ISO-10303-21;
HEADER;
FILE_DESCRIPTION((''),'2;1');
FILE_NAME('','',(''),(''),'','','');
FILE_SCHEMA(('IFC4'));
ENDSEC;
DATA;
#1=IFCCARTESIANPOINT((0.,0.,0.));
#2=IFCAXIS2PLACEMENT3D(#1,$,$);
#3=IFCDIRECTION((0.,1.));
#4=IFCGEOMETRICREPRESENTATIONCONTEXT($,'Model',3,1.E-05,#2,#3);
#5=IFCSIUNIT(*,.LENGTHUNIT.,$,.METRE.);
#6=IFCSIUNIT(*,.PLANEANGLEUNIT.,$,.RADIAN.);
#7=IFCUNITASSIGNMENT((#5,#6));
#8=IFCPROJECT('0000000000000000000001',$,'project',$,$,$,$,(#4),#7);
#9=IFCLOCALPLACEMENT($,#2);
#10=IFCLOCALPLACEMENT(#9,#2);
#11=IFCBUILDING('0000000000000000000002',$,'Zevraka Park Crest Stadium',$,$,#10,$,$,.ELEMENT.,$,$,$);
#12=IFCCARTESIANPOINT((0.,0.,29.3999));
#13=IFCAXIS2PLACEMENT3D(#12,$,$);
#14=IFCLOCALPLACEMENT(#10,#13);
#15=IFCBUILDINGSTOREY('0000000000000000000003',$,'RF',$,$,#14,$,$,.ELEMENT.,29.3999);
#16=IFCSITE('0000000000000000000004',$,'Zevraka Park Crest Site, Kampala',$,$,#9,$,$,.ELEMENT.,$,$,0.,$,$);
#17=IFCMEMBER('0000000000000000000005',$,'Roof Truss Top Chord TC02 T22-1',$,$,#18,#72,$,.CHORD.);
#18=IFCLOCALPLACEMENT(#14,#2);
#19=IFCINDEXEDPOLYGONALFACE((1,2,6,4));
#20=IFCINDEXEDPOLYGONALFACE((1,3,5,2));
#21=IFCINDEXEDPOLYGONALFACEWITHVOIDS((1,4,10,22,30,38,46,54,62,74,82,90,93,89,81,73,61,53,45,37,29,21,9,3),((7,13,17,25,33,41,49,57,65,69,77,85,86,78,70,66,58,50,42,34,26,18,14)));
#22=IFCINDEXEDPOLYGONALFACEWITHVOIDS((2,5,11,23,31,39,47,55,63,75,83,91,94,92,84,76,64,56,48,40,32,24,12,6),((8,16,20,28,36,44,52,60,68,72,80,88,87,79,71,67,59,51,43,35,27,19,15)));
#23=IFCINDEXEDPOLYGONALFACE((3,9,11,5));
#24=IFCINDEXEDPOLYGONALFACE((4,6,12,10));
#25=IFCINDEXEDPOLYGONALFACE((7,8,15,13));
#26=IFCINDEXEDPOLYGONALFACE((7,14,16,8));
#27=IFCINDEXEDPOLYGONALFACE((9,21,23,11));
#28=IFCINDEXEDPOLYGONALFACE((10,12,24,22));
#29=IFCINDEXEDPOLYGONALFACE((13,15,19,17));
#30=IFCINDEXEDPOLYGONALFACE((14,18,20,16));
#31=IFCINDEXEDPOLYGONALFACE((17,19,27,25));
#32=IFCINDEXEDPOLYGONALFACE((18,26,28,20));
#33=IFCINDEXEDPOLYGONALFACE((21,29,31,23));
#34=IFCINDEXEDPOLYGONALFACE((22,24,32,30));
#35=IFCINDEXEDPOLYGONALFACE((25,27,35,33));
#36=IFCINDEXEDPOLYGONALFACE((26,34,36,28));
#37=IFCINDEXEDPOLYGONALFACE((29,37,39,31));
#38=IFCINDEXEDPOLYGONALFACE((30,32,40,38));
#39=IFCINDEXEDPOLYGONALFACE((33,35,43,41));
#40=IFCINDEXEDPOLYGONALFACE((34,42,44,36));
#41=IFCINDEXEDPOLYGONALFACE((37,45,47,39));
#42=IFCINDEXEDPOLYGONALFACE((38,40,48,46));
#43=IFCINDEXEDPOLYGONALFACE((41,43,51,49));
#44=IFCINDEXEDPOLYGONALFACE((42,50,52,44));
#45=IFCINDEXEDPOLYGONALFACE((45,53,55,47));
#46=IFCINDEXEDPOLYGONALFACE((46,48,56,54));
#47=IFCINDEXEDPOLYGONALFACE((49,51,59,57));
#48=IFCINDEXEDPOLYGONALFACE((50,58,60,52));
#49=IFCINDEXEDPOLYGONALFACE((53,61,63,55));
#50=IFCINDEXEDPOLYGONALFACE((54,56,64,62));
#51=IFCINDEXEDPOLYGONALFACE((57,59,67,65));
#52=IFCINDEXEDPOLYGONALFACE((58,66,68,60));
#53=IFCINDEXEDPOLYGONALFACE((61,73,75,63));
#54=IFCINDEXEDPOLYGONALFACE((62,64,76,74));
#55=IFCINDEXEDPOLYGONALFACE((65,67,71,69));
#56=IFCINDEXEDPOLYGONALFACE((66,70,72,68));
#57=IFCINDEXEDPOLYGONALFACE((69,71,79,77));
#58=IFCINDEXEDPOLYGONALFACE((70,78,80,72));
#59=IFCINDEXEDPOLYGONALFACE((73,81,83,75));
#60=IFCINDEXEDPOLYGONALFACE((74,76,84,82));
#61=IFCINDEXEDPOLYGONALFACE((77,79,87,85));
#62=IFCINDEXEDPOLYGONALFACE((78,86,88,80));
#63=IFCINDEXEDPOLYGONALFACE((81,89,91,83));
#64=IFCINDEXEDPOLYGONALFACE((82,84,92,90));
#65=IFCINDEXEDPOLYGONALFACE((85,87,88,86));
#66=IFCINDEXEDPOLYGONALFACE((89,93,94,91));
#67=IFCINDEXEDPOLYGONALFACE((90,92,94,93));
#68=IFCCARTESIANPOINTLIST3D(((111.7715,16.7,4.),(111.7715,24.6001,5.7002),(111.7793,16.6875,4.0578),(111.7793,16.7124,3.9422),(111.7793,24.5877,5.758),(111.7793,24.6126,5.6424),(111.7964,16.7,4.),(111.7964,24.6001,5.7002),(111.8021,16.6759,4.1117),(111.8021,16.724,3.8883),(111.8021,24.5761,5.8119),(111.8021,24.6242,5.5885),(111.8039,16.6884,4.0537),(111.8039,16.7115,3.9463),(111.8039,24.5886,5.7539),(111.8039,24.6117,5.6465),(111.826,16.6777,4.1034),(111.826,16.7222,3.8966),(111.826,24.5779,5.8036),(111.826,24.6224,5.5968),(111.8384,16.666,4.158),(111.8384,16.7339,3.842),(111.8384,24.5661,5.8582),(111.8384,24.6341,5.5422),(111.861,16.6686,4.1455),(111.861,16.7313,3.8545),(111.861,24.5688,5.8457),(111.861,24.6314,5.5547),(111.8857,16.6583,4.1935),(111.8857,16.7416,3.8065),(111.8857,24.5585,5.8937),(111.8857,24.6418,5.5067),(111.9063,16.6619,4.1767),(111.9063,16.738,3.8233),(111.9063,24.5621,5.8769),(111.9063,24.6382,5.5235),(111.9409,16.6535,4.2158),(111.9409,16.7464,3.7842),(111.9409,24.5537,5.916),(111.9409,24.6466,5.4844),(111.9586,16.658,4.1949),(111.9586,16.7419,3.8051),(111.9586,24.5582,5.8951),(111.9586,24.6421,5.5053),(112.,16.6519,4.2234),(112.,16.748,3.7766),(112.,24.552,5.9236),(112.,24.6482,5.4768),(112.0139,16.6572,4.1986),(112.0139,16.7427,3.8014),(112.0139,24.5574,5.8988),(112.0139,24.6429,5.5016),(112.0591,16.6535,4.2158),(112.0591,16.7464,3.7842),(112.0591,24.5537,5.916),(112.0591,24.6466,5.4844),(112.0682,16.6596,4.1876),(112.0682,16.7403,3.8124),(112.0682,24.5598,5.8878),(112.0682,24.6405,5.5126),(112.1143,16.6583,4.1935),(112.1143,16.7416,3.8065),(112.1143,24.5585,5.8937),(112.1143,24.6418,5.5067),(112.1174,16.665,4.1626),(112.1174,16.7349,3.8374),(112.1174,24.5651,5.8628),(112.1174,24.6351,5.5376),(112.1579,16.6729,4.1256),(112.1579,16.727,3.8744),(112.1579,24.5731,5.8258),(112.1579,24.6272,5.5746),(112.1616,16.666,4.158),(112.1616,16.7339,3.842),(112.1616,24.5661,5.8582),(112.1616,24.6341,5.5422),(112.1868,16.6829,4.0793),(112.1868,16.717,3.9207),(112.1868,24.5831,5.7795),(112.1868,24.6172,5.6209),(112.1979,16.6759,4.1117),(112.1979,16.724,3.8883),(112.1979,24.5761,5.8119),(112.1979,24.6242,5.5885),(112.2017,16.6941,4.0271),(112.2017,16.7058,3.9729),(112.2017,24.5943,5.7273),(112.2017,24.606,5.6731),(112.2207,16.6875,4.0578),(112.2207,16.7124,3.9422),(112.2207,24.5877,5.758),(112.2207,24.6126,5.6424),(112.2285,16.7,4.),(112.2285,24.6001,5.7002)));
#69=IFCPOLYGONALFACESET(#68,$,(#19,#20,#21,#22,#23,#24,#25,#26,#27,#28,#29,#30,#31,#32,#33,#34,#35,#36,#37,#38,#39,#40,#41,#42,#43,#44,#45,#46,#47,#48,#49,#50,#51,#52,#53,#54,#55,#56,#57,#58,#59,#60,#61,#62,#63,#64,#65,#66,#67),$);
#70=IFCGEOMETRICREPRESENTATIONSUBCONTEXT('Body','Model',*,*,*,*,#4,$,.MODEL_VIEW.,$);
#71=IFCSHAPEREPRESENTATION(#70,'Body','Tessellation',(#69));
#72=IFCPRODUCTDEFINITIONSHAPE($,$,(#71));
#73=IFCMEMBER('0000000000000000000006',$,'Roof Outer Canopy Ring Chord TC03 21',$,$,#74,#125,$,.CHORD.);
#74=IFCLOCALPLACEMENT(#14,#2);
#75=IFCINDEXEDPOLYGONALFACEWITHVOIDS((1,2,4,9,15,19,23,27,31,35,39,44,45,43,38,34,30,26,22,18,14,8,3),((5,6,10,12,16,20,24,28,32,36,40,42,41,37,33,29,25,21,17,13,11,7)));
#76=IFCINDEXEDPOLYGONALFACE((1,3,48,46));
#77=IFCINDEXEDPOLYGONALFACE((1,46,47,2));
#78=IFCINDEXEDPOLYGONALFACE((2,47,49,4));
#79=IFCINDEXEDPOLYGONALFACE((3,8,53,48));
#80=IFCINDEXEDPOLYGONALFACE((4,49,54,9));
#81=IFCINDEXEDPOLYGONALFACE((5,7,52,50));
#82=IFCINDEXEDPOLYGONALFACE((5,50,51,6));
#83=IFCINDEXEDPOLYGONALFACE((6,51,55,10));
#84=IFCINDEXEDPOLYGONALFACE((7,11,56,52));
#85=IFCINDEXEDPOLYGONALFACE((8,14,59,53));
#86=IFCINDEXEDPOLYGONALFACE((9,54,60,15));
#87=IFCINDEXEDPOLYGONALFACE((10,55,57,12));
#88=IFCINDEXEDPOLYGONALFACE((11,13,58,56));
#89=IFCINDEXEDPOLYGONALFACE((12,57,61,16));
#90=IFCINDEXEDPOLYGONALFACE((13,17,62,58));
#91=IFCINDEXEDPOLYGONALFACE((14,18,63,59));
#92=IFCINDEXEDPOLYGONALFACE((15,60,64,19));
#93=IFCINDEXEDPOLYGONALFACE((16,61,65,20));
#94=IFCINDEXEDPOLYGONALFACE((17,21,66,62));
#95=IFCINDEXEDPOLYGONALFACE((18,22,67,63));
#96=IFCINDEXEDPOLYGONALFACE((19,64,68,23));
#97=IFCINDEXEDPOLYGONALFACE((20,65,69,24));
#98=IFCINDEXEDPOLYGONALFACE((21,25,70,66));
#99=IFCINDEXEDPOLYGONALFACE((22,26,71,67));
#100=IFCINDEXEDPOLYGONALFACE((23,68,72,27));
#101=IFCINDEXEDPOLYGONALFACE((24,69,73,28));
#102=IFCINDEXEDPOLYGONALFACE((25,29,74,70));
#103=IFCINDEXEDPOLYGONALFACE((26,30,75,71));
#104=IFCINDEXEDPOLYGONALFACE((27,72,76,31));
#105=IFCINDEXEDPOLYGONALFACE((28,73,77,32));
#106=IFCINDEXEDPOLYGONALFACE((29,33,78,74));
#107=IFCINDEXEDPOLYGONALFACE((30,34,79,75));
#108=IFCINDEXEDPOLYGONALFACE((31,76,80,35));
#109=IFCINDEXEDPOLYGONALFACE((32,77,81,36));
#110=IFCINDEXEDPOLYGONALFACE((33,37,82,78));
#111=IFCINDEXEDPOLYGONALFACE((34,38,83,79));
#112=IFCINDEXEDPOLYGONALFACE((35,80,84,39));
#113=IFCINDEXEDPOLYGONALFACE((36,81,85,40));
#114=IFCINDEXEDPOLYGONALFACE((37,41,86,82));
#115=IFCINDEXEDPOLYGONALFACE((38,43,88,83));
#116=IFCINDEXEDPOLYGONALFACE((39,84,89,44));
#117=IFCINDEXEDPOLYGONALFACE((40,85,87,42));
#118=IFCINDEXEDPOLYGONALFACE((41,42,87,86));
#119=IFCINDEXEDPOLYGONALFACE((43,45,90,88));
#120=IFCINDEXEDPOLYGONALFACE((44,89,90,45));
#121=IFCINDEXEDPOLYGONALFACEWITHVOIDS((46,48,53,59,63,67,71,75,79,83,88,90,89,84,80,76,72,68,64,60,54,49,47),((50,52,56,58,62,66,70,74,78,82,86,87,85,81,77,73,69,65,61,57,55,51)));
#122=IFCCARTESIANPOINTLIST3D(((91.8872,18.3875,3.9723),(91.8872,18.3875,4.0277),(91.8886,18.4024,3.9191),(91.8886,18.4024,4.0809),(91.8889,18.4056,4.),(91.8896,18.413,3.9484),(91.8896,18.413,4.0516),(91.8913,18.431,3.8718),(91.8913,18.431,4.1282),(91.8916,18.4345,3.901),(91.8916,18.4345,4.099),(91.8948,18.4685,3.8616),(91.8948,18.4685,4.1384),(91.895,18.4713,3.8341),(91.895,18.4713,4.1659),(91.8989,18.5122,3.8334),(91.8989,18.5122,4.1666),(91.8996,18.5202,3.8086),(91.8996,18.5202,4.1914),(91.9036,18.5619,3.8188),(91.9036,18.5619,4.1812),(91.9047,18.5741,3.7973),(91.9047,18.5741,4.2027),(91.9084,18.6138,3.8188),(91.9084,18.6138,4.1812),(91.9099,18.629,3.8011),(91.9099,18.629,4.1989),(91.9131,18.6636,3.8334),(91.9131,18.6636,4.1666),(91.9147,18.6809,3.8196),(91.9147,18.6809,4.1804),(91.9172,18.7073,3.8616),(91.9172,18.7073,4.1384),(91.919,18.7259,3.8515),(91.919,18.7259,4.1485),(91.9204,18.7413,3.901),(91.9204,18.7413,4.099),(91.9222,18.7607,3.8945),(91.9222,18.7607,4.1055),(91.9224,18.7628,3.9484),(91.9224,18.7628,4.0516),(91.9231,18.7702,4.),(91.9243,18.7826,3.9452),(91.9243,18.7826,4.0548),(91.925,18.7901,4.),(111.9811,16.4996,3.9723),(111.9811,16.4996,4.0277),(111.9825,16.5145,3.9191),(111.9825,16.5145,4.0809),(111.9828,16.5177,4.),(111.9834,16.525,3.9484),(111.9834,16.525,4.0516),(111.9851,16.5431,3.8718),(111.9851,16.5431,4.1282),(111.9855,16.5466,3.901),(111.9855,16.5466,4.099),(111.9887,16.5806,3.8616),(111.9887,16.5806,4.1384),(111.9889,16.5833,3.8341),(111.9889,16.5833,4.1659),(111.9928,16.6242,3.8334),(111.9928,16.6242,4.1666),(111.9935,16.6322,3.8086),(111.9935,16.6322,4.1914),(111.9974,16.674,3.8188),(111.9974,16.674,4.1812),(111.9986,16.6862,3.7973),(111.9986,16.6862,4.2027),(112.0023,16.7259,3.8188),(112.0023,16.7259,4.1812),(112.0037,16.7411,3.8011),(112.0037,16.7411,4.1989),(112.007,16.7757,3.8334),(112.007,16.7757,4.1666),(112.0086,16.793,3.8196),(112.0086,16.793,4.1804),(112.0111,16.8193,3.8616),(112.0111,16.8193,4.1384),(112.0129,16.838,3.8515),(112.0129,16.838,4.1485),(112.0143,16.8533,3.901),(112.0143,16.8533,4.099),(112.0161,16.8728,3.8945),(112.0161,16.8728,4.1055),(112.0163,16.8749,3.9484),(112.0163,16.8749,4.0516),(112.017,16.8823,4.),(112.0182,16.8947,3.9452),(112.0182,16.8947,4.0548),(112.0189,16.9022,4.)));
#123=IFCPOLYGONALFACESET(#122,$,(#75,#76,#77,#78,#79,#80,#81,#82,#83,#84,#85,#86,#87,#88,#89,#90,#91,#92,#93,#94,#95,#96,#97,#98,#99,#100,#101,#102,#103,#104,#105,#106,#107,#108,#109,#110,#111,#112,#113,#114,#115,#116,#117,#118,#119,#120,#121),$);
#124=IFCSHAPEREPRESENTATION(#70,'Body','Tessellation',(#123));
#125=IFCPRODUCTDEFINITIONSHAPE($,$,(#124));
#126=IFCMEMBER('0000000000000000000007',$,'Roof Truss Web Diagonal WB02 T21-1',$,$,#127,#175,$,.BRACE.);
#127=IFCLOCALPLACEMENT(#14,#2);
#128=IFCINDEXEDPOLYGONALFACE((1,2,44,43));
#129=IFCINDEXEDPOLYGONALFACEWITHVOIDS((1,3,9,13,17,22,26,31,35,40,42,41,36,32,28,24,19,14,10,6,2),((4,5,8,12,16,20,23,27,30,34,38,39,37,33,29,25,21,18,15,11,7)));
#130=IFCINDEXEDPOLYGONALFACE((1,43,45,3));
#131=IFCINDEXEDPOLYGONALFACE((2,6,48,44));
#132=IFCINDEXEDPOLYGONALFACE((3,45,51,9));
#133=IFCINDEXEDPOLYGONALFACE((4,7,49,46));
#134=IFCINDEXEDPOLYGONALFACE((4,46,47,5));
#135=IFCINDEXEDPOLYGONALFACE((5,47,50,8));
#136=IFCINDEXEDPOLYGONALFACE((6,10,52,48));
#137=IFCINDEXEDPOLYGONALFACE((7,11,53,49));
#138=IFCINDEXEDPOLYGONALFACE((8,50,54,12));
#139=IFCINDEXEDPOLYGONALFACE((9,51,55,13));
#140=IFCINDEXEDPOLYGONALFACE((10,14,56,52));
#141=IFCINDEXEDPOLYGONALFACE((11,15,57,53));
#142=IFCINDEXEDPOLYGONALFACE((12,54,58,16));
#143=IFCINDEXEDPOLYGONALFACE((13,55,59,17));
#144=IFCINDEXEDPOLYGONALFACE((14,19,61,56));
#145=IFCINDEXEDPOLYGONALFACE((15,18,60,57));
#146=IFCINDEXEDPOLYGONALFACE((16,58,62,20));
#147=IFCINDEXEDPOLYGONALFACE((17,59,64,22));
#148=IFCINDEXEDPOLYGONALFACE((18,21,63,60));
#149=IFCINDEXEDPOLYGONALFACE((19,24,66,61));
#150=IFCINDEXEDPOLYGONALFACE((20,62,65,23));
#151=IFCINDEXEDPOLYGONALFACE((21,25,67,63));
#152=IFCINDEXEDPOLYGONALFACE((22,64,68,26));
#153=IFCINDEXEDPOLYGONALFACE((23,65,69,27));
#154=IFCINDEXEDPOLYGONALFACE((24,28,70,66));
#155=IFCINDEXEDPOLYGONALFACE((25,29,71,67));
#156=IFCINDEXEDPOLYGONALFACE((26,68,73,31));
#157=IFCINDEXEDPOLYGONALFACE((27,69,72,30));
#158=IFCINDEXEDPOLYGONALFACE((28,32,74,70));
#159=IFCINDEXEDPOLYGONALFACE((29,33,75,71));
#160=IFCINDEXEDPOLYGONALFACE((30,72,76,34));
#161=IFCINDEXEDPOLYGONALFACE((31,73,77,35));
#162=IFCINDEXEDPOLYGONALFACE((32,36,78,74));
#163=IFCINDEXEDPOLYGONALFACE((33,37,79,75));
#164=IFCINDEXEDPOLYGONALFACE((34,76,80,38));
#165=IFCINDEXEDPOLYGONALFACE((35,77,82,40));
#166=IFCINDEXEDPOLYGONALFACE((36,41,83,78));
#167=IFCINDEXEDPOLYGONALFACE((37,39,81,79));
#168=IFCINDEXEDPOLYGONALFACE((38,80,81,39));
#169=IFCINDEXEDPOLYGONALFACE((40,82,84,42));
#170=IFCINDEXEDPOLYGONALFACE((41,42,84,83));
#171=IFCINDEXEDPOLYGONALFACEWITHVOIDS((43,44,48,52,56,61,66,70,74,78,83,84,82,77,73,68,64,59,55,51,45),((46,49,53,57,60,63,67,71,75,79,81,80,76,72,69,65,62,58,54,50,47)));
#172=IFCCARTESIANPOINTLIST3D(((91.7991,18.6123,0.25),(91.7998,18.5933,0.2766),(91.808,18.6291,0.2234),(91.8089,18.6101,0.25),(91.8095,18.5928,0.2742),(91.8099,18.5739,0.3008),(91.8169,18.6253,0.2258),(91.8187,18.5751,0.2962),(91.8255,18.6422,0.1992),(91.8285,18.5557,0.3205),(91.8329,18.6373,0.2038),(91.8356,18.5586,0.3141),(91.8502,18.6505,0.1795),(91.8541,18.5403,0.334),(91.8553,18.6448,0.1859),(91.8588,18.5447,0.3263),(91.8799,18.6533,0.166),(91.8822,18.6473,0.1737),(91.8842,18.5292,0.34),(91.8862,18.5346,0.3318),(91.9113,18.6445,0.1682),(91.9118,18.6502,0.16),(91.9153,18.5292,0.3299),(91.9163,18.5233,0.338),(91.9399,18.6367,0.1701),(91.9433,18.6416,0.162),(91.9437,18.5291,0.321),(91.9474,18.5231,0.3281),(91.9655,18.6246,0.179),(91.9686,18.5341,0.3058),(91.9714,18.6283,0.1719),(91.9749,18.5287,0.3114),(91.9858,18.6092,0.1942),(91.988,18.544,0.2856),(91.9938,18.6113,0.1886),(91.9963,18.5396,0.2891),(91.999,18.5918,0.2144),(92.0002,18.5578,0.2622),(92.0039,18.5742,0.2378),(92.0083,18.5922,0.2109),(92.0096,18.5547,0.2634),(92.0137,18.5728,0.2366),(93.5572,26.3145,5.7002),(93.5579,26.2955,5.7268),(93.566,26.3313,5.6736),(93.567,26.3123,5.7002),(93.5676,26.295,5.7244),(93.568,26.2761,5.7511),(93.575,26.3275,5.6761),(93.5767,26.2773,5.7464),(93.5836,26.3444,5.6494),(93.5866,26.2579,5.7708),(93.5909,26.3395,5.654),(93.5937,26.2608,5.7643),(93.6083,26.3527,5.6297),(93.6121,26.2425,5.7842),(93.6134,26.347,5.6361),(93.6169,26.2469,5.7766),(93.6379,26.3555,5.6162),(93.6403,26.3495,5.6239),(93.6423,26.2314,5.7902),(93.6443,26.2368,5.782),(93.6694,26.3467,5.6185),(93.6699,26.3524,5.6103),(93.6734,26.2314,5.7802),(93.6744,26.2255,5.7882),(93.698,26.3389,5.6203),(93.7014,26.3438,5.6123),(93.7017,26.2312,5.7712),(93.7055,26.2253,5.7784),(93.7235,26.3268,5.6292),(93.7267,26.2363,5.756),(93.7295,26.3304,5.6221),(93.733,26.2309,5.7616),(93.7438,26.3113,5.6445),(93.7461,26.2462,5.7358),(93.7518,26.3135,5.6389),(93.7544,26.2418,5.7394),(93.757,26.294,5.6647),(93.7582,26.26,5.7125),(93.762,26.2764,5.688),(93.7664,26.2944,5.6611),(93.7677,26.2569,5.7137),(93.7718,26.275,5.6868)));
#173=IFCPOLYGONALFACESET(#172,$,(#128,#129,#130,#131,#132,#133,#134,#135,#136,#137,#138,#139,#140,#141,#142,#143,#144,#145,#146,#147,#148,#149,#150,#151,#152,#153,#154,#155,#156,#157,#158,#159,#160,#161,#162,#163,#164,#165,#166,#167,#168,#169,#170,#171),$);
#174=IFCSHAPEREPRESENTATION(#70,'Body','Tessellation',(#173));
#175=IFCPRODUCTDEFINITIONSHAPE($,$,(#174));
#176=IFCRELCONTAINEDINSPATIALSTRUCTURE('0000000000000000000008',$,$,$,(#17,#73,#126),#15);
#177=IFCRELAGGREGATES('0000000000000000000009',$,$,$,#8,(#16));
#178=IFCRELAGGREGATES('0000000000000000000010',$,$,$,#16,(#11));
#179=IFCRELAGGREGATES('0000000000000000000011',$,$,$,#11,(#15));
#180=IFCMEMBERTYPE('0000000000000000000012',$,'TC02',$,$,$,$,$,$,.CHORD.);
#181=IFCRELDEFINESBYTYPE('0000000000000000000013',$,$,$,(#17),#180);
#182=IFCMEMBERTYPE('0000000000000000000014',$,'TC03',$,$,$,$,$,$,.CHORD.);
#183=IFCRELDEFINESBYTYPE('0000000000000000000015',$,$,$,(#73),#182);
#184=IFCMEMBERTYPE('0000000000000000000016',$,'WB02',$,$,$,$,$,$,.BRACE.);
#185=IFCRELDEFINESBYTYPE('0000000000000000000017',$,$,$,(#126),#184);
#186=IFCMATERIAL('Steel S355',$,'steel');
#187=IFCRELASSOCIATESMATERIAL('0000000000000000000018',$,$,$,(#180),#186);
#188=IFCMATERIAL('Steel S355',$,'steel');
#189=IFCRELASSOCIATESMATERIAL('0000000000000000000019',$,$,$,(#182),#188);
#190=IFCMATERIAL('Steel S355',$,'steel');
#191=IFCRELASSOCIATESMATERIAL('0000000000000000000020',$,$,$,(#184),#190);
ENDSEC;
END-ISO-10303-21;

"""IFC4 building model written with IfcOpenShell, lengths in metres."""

from ifc_helpers import new_model, si_unit, direction, frame, origin, origin_2d, place, context, subcontext, project, spatial, hollow_circle, extrude, material, material_profile, profile_set, type_object, element, save


model = new_model("IFC4")

# Units and contexts
model_context = context("Model", 3, precision=1e-05, world=origin(), true_north=direction((0.0, 1.0)))
body_context = subcontext(model_context, "Body", "Model", "MODEL_VIEW")
ifc_project = project(units=[si_unit("LENGTHUNIT", "METRE"), si_unit("PLANEANGLEUNIT", "RADIAN")], contexts=[model_context])

# Site, building, storey
site_placement = place(None, origin())
site = spatial("IfcSite", under=ifc_project, at=site_placement, Name="Zevraka Park Crest Site, Kampala", CompositionType="ELEMENT", RefElevation=0.0)
building_placement = place(site_placement, origin())
building = spatial("IfcBuilding", under=site, at=building_placement, Name="Zevraka Park Crest Stadium", CompositionType="ELEMENT")
storey_placement = place(building_placement, frame((0.0, 0.0, 29.3999)))
storey = spatial("IfcBuildingStorey", under=building, at=storey_placement, Name="RF", CompositionType="ELEMENT", Elevation=29.3999)

# Members
ifc_material_1 = material(Name="Steel S355", Category="steel")
ifc_material_profile_1 = material_profile(ifc_material_1, hollow_circle(Radius=0.2285, WallThickness=0.0249, at=origin_2d()), Name="CHS 457.0x25")
ifc_profile_set_1 = profile_set([ifc_material_profile_1], Name="Steel S355")
member_type_1 = type_object("IfcMemberType", Name="TC02", PredefinedType="CHORD", material=ifc_profile_set_1)
for number, where, z_axis, x_axis, name in (
    (1, (112.0, 16.7, 4.0), (0.0, 0.977617, 0.210394), (-1.0, 0.0, 0.0), "Roof Truss Top Chord TC02 T22-1"),
):
    element("IfcMember", number, at=place(storey_placement, frame(where, z_axis=z_axis, x_axis=x_axis)), inside=storey, type_object=member_type_1, Name=name, PredefinedType="CHORD", context=body_context, shape_type="SweptSolid", body=[
        extrude(hollow_circle(Radius=0.2285, WallThickness=0.0249, at=origin_2d()), origin(), (0.0, 0.0, 1.0), 8.0811),
    ])
ifc_material_2 = material(Name="Steel S355", Category="steel")
ifc_material_profile_2 = material_profile(ifc_material_2, hollow_circle(Radius=0.2031, WallThickness=0.02, at=origin_2d()), Name="CHS 406.4x20")
ifc_profile_set_2 = profile_set([ifc_material_profile_2], Name="Steel S355")
member_type_2 = type_object("IfcMemberType", Name="TC03", PredefinedType="CHORD", material=ifc_profile_set_2)
member_1_placement = place(storey_placement, frame((91.906, 18.5879, 4.0), z_axis=(0.995615, -0.093543, 0.0), x_axis=(0.093543, 0.995615, 0.0)))
element("IfcMember", 2, at=member_1_placement, inside=storey, type_object=member_type_2, Name="Roof Outer Canopy Ring Chord TC03 21", PredefinedType="CHORD", context=body_context, shape_type="SweptSolid", body=[
    extrude(hollow_circle(Radius=0.2031, WallThickness=0.02, at=origin_2d()), origin(), (0.0, 0.0, 1.0), 20.1824),
])
ifc_material_3 = material(Name="Steel S355", Category="steel")
ifc_material_profile_3 = material_profile(ifc_material_3, hollow_circle(Radius=0.1096, WallThickness=0.01, at=origin_2d()), Name="CHS 219.1x10")
ifc_profile_set_3 = profile_set([ifc_material_profile_3], Name="Steel S355")
member_type_3 = type_object("IfcMemberType", Name="WB02", PredefinedType="BRACE", material=ifc_profile_set_3)
member_2_placement = place(storey_placement, frame((91.906, 18.5879, 0.25), z_axis=(0.183172, 0.802488, 0.567857), x_axis=(-0.974925, 0.222532, 0.0)))
element("IfcMember", 3, at=member_2_placement, inside=storey, type_object=member_type_3, Name="Roof Truss Web Diagonal WB02 T21-1", PredefinedType="BRACE", context=body_context, shape_type="SweptSolid", body=[
    extrude(hollow_circle(Radius=0.1096, WallThickness=0.01, at=origin_2d()), origin(), (0.0, 0.0, 1.0), 9.5979),
])

save(model, "model.ifc")
